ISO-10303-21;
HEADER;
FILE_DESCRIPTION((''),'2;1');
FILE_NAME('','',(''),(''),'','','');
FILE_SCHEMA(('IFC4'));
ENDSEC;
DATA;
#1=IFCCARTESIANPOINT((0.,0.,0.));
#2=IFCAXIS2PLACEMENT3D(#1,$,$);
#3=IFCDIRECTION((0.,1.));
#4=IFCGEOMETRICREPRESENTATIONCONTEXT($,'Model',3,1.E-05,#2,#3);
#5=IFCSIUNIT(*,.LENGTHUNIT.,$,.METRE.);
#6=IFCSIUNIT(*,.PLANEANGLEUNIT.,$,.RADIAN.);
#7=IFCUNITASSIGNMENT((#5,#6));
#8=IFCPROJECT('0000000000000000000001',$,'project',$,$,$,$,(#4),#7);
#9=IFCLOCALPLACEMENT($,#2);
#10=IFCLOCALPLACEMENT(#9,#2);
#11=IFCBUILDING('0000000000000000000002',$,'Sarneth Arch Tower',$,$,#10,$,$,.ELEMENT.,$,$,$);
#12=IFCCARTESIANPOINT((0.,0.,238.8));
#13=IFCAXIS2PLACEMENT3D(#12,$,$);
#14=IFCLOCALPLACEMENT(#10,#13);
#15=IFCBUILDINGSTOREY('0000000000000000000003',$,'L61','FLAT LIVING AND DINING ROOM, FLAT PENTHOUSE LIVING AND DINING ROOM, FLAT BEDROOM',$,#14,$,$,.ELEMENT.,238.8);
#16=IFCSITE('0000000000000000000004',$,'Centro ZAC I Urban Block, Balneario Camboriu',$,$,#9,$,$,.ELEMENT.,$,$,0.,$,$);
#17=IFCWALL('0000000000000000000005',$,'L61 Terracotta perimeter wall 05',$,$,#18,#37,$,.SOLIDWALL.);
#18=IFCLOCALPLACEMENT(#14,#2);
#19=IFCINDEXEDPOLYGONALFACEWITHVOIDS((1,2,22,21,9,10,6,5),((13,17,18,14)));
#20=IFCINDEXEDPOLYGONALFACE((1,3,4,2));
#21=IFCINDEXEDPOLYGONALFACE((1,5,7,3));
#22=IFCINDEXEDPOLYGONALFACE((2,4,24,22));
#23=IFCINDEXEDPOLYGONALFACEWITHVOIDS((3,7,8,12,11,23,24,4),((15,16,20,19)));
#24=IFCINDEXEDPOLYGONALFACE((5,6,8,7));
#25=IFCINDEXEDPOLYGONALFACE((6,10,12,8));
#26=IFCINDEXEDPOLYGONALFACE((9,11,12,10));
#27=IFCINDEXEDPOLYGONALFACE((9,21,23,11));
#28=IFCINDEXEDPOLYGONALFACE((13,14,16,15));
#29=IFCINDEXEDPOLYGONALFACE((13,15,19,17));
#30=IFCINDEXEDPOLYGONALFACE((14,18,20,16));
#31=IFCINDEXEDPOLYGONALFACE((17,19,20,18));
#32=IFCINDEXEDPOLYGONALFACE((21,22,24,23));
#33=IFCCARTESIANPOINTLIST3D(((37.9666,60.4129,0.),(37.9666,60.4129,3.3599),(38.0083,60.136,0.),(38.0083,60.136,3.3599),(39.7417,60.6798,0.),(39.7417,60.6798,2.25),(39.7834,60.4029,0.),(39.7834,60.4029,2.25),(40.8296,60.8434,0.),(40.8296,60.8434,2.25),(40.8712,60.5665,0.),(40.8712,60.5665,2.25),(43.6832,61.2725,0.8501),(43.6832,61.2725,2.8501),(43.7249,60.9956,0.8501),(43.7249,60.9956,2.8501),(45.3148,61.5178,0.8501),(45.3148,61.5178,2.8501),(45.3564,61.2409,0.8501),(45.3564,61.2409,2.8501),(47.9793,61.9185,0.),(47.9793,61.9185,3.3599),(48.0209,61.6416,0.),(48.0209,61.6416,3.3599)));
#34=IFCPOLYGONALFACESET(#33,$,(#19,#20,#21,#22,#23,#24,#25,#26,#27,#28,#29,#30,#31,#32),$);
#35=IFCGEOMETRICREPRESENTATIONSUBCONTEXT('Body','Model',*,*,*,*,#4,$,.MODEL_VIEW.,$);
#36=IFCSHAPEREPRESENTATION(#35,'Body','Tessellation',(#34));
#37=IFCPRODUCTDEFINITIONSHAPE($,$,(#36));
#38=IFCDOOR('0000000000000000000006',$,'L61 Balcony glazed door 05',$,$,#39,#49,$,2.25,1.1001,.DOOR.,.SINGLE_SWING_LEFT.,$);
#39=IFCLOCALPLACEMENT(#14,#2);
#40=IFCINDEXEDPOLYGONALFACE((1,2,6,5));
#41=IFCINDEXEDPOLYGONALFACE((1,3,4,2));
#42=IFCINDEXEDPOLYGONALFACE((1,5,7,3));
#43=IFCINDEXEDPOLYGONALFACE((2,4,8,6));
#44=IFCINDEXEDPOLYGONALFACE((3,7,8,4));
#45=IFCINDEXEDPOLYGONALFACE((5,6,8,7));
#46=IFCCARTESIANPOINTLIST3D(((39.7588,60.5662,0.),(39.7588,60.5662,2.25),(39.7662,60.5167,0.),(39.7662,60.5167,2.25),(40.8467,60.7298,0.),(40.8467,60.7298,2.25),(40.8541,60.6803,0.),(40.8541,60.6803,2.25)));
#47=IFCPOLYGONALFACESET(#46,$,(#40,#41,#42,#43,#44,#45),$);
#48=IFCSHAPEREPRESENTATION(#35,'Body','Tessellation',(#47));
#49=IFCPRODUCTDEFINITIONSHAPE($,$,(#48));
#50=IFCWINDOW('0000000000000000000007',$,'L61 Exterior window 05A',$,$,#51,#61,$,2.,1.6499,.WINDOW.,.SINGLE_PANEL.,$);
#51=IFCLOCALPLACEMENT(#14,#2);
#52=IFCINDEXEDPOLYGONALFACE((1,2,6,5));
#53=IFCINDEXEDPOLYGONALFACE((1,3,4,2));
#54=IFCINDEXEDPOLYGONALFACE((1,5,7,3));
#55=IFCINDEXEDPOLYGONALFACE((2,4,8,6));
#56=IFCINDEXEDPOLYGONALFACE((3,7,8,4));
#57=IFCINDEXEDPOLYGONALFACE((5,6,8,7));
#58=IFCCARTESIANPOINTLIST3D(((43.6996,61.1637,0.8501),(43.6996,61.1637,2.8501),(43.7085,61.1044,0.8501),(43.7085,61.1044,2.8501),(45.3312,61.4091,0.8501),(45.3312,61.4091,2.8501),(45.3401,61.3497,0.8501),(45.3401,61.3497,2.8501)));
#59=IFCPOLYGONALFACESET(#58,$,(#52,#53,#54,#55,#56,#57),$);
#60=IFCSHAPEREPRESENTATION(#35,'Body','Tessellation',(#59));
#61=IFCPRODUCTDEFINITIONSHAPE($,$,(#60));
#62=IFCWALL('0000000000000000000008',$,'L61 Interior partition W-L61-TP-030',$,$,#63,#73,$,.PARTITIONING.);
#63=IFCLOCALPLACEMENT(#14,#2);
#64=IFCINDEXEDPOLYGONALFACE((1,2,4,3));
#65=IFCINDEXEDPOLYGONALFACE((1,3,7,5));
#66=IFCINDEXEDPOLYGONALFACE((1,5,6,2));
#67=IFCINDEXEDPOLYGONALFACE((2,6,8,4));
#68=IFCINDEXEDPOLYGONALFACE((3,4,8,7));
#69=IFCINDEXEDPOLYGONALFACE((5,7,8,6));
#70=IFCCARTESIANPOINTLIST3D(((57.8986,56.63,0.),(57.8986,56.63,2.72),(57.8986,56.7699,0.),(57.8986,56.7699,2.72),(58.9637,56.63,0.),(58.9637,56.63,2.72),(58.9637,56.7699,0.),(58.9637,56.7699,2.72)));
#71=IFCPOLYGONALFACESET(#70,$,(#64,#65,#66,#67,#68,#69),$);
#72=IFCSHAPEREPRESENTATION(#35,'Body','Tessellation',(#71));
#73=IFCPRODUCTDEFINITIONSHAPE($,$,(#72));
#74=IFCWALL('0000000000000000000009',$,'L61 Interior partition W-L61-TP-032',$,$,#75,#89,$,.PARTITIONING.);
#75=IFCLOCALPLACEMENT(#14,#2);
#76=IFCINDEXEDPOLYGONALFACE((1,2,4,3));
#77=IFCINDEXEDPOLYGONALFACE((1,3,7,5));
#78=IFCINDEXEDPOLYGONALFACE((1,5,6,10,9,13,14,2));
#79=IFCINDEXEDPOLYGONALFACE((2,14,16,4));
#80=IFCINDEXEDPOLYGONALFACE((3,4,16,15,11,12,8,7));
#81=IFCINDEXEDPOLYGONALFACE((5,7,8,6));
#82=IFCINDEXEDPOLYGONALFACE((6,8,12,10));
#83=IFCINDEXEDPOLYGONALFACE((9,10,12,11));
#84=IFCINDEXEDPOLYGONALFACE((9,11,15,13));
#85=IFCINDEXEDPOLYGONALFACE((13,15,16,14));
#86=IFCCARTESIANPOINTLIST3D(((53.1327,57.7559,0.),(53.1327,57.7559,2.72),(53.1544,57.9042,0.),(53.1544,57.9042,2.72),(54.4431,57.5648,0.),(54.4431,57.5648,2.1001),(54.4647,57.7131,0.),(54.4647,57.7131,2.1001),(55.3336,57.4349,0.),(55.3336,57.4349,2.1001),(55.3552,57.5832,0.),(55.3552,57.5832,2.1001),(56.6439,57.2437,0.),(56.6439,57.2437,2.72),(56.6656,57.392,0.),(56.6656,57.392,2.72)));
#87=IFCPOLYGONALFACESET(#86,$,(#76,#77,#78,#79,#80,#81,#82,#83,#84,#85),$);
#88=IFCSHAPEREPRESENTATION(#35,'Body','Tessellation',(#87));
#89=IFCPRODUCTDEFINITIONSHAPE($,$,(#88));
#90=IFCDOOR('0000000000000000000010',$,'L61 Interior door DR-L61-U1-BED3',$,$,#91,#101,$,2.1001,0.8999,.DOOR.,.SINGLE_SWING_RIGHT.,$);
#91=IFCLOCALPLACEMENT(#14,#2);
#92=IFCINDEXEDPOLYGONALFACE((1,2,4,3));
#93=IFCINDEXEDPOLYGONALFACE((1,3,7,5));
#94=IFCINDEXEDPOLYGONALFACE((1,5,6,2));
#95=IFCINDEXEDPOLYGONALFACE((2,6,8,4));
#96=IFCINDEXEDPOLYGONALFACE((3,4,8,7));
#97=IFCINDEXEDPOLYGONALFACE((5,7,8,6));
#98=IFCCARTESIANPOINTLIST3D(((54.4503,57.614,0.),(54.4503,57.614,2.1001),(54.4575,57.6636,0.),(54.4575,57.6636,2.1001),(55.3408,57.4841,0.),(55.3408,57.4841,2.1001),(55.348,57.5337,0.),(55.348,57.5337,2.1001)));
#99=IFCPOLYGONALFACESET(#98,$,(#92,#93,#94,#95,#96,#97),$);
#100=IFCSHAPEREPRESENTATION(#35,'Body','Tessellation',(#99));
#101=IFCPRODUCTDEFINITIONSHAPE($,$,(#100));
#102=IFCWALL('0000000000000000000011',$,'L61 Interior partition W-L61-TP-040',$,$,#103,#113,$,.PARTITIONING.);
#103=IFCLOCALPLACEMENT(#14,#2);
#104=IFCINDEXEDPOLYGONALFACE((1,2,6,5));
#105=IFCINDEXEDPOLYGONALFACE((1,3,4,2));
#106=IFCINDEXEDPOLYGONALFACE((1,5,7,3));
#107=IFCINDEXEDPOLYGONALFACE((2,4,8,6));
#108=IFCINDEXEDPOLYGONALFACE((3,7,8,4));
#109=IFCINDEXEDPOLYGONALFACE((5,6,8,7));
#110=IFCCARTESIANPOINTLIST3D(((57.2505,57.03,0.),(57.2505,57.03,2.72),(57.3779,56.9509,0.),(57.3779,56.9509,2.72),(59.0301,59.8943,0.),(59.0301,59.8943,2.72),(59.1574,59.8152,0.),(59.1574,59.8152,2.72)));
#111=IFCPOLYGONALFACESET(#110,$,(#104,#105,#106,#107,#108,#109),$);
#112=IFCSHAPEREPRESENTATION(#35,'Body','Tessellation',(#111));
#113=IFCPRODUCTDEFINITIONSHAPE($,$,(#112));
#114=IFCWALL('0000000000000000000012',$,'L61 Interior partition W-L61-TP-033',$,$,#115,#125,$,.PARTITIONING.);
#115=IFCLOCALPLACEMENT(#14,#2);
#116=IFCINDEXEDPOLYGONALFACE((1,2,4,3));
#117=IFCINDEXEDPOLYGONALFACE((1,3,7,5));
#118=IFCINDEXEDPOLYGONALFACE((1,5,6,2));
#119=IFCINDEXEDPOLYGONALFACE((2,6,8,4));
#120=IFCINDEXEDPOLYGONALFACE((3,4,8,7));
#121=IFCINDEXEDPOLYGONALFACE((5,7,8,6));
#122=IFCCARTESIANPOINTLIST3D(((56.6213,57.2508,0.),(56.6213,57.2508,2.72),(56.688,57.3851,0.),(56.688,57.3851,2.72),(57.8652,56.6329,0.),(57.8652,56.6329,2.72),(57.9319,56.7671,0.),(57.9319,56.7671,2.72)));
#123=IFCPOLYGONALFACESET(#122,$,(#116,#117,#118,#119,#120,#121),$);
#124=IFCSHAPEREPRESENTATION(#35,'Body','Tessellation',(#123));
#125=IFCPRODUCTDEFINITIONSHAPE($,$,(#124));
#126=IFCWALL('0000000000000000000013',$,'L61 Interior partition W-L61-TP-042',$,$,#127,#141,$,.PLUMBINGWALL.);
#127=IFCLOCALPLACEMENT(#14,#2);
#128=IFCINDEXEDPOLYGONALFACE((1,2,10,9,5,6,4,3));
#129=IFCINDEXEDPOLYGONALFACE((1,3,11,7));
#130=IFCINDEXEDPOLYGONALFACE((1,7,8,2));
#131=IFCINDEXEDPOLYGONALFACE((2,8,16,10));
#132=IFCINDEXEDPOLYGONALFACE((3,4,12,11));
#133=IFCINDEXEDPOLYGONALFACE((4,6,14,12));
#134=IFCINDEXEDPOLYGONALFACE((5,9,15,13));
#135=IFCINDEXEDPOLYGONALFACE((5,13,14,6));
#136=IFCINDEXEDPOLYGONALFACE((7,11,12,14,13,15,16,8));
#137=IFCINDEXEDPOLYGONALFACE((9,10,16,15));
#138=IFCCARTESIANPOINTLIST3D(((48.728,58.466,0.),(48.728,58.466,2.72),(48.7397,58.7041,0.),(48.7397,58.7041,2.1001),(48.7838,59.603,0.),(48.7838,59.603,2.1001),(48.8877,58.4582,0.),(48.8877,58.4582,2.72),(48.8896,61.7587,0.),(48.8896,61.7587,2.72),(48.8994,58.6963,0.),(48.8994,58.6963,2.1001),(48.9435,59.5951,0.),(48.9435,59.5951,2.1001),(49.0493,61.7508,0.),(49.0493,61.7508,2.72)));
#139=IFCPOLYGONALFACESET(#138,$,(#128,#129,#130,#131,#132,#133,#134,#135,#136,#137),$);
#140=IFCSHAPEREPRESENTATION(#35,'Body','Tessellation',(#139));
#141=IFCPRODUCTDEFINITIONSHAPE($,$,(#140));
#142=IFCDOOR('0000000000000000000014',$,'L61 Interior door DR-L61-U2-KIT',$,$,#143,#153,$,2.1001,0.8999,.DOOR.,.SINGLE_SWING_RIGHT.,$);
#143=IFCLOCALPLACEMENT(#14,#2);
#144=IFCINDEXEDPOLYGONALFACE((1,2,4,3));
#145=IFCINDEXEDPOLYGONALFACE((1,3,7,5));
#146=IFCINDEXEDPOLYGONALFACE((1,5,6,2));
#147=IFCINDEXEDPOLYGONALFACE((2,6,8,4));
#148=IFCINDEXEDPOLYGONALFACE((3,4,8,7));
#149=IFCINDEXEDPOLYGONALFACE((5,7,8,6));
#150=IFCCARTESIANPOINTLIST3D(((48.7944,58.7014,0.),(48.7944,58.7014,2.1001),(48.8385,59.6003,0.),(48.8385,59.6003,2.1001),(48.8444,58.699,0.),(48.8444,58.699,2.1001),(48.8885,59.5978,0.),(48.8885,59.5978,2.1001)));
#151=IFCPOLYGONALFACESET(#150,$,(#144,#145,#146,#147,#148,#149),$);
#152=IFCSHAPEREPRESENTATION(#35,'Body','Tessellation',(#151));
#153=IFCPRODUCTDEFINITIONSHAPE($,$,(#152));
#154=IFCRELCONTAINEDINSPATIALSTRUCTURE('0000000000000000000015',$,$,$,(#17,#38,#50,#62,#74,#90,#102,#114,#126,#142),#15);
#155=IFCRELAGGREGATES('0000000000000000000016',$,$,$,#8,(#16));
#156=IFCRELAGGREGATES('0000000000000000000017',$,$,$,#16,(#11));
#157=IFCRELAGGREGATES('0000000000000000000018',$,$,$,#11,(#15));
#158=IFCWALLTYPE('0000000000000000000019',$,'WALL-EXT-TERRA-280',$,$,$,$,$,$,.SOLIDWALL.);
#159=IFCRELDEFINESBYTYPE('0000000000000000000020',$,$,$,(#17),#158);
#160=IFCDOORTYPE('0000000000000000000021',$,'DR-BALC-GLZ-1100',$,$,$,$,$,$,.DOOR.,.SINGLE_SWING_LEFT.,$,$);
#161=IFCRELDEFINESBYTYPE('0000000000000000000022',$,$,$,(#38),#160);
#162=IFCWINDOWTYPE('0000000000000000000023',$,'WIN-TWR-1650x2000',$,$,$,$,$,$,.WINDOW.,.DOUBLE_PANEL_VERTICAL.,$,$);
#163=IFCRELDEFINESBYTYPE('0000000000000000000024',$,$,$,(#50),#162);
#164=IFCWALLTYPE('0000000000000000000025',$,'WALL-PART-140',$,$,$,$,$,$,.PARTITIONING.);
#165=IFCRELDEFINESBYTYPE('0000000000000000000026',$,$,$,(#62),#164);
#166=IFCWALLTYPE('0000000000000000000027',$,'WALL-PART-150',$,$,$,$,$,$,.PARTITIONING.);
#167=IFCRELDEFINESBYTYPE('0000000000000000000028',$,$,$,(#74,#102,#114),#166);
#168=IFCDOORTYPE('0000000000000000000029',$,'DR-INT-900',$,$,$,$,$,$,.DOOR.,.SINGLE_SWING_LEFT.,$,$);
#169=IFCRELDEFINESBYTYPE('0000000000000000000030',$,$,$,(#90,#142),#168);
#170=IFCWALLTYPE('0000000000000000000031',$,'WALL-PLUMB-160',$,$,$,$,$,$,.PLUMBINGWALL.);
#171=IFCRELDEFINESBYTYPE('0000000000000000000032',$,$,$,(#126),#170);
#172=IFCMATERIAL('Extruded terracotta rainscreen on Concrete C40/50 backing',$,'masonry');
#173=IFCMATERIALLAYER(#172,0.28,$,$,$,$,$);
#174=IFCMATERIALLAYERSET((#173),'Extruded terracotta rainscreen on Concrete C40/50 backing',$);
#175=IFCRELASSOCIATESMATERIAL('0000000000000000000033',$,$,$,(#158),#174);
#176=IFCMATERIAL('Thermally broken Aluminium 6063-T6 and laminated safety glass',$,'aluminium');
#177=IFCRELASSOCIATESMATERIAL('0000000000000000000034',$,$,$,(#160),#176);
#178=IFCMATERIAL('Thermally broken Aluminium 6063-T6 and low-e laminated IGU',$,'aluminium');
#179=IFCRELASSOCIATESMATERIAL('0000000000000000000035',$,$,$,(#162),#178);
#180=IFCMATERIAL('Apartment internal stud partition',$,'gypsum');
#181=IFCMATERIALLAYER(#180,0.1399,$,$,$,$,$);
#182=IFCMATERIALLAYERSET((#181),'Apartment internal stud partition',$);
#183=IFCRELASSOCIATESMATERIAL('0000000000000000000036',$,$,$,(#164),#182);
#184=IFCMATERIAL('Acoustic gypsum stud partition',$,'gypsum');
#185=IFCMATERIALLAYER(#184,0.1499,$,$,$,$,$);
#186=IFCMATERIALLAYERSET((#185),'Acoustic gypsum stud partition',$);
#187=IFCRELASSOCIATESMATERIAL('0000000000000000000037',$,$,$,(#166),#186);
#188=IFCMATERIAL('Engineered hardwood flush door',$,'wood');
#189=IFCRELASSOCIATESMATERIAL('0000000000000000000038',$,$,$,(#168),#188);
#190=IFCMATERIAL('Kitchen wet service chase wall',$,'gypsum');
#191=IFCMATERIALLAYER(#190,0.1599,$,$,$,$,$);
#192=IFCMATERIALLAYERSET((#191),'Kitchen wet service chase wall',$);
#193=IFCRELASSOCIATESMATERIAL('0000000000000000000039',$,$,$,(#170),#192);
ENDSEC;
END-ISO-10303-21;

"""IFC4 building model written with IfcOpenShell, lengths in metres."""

from ifc_helpers import new_model, si_unit, direction, frame, frame_2d, origin, place, context, subcontext, project, spatial, rectangle, extrude, material, layer, layer_set, type_object, element, fill, save


model = new_model("IFC4")

# Units and contexts
model_context = context("Model", 3, precision=1e-05, world=origin(), true_north=direction((0.0, 1.0)))
body_context = subcontext(model_context, "Body", "Model", "MODEL_VIEW")
ifc_project = project(units=[si_unit("LENGTHUNIT", "METRE"), si_unit("PLANEANGLEUNIT", "RADIAN")], contexts=[model_context])

# Site, building, storey
site_placement = place(None, origin())
site = spatial("IfcSite", under=ifc_project, at=site_placement, Name="Centro ZAC I Urban Block, Balneario Camboriu", CompositionType="ELEMENT", RefElevation=0.0)
building_placement = place(site_placement, origin())
building = spatial("IfcBuilding", under=site, at=building_placement, Name="Sarneth Arch Tower", CompositionType="ELEMENT")
storey_placement = place(building_placement, frame((0.0, 0.0, 238.8)))
storey = spatial("IfcBuildingStorey", under=building, at=storey_placement, Name="L61", Description="FLAT LIVING AND DINING ROOM, FLAT PENTHOUSE LIVING AND DINING ROOM, FLAT BEDROOM", CompositionType="ELEMENT", Elevation=238.8)

# Wall, openings, door, window
ifc_material_1 = material(Name="Extruded terracotta rainscreen on Concrete C40/50 backing", Category="masonry")
ifc_layer_1 = layer(ifc_material_1, 0.28)
ifc_layer_set_1 = layer_set([ifc_layer_1], Name="Extruded terracotta rainscreen on Concrete C40/50 backing")
wall_type_1 = type_object("IfcWallType", Name="WALL-EXT-TERRA-280", PredefinedType="SOLIDWALL", material=ifc_layer_set_1)
wall_1_placement = place(storey_placement, frame((48.0, 61.78, 0.0), z_axis=(0.0, 0.0, 1.0), x_axis=(-0.988883, -0.148699, 0.0)))
wall_1 = element("IfcWall", 1, at=wall_1_placement, inside=storey, type_object=wall_type_1, Name="L61 Terracotta perimeter wall 05", PredefinedType="SOLIDWALL", context=body_context, shape_type="SweptSolid", body=[
    extrude(rectangle(XDim=10.1252, YDim=0.28, at=frame_2d((5.0625, 0.0))), origin(), (0.0, 0.0, 1.0), 3.3599),
])
opening_1_placement = place(wall_1_placement, frame((2.6943, 0.0, 0.8501)))
opening_1 = element("IfcOpeningElement", 2, at=opening_1_placement, cuts=wall_1, PredefinedType="OPENING", context=body_context, shape_type="SweptSolid", body=[
    extrude(rectangle(XDim=1.6499, YDim=2.0, at=frame_2d((0.825, 1.0))), frame((0.0, 0.1499, 0.0), z_axis=(0.0, -1.0, 0.0), x_axis=(1.0, 0.0, 0.0)), (0.0, 0.0, 1.0), 0.3),
])
opening_2_placement = place(wall_1_placement, frame((7.23, 0.0, 0.0)))
opening_2 = element("IfcOpeningElement", 3, at=opening_2_placement, cuts=wall_1, PredefinedType="OPENING", context=body_context, shape_type="SweptSolid", body=[
    extrude(rectangle(XDim=1.1001, YDim=2.25, at=frame_2d((0.55, 1.125))), frame((0.0, 0.1499, 0.0), z_axis=(0.0, -1.0, 0.0), x_axis=(1.0, 0.0, 0.0)), (0.0, 0.0, 1.0), 0.3),
])
ifc_material_2 = material(Name="Thermally broken Aluminium 6063-T6 and laminated safety glass", Category="aluminium")
door_type_1 = type_object("IfcDoorType", Name="DR-BALC-GLZ-1100", OperationType="SINGLE_SWING_LEFT", PredefinedType="DOOR", material=ifc_material_2)
door_1_placement = place(opening_2_placement, origin())
door_1 = element("IfcDoor", 4, at=door_1_placement, inside=storey, type_object=door_type_1, Name="L61 Balcony glazed door 05", OperationType="SINGLE_SWING_LEFT", OverallHeight=2.25, OverallWidth=1.1001, PredefinedType="DOOR", context=body_context, shape_type="SweptSolid", body=[
    extrude(rectangle(XDim=1.1001, YDim=2.25, at=frame_2d((0.55, 1.125))), frame((0.0, 0.0249, 0.0), z_axis=(0.0, -1.0, 0.0), x_axis=(1.0, 0.0, 0.0)), (0.0, 0.0, 1.0), 0.05),
])
fill(opening_2, door_1)
ifc_material_3 = material(Name="Thermally broken Aluminium 6063-T6 and low-e laminated IGU", Category="aluminium")
window_type_1 = type_object("IfcWindowType", Name="WIN-TWR-1650x2000", PartitioningType="DOUBLE_PANEL_VERTICAL", PredefinedType="WINDOW", material=ifc_material_3)
window_1_placement = place(opening_1_placement, origin())
window_1 = element("IfcWindow", 5, at=window_1_placement, inside=storey, type_object=window_type_1, Name="L61 Exterior window 05A", OverallHeight=2.0, OverallWidth=1.6499, PartitioningType="SINGLE_PANEL", PredefinedType="WINDOW", context=body_context, shape_type="SweptSolid", body=[
    extrude(rectangle(XDim=1.6499, YDim=2.0, at=frame_2d((0.825, 1.0))), frame((0.0, 0.03, 0.0), z_axis=(0.0, -1.0, 0.0), x_axis=(1.0, 0.0, 0.0)), (0.0, 0.0, 1.0), 0.0601),
])
fill(opening_1, window_1)

# Wall
ifc_material_4 = material(Name="Apartment internal stud partition", Category="gypsum")
ifc_layer_2 = layer(ifc_material_4, 0.1399)
ifc_layer_set_2 = layer_set([ifc_layer_2], Name="Apartment internal stud partition")
wall_type_2 = type_object("IfcWallType", Name="WALL-PART-140", PredefinedType="PARTITIONING", material=ifc_layer_set_2)
wall_2_placement = place(storey_placement, frame((58.9639, 56.7, 0.0), z_axis=(0.0, 0.0, 1.0), x_axis=(-1.0, 0.0, 0.0)))
element("IfcWall", 6, at=wall_2_placement, inside=storey, type_object=wall_type_2, Name="L61 Interior partition W-L61-TP-030", PredefinedType="PARTITIONING", context=body_context, shape_type="SweptSolid", body=[
    extrude(rectangle(XDim=1.0652, YDim=0.1399, at=frame_2d((0.5327, 0.0))), origin(), (0.0, 0.0, 1.0), 2.72),
])

# Wall, opening, door
ifc_material_5 = material(Name="Acoustic gypsum stud partition", Category="gypsum")
ifc_layer_3 = layer(ifc_material_5, 0.1499)
ifc_layer_set_3 = layer_set([ifc_layer_3], Name="Acoustic gypsum stud partition")
wall_type_3 = type_object("IfcWallType", Name="WALL-PART-150", PredefinedType="PARTITIONING", material=ifc_layer_set_3)
wall_3_placement = place(storey_placement, frame((53.1436, 57.8301, 0.0), z_axis=(0.0, 0.0, 1.0), x_axis=(0.989527, -0.144349, 0.0)))
wall_3 = element("IfcWall", 7, at=wall_3_placement, inside=storey, type_object=wall_type_3, Name="L61 Interior partition W-L61-TP-032", PredefinedType="PARTITIONING", context=body_context, shape_type="SweptSolid", body=[
    extrude(rectangle(XDim=3.5483, YDim=0.1499, at=frame_2d((1.7742, 0.0))), origin(), (0.0, 0.0, 1.0), 2.72),
])
opening_3_placement = place(wall_3_placement, frame((1.3242, 0.0, 0.0)))
opening_3 = element("IfcOpeningElement", 8, at=opening_3_placement, cuts=wall_3, PredefinedType="OPENING", context=body_context, shape_type="SweptSolid", body=[
    extrude(rectangle(XDim=0.8999, YDim=2.1001, at=frame_2d((0.45, 1.05))), frame((0.0, 0.085, 0.0), z_axis=(0.0, -1.0, 0.0), x_axis=(1.0, 0.0, 0.0)), (0.0, 0.0, 1.0), 0.1699),
])
ifc_material_6 = material(Name="Engineered hardwood flush door", Category="wood")
door_type_2 = type_object("IfcDoorType", Name="DR-INT-900", OperationType="SINGLE_SWING_LEFT", PredefinedType="DOOR", material=ifc_material_6)
door_2_placement = place(opening_3_placement, origin())
door_2 = element("IfcDoor", 9, at=door_2_placement, inside=storey, type_object=door_type_2, Name="L61 Interior door DR-L61-U1-BED3", OperationType="SINGLE_SWING_RIGHT", OverallHeight=2.1001, OverallWidth=0.8999, PredefinedType="DOOR", context=body_context, shape_type="SweptSolid", body=[
    extrude(rectangle(XDim=0.8999, YDim=2.1001, at=frame_2d((0.45, 1.05))), frame((0.0, 0.0249, 0.0), z_axis=(0.0, -1.0, 0.0), x_axis=(1.0, 0.0, 0.0)), (0.0, 0.0, 1.0), 0.05),
])
fill(opening_3, door_2)

# Walls
wall_4_placement = place(storey_placement, frame((57.3142, 56.9905, 0.0), z_axis=(0.0, 0.0, 1.0), x_axis=(0.527732, 0.849411, 0.0)))
element("IfcWall", 10, at=wall_4_placement, inside=storey, type_object=wall_type_3, Name="L61 Interior partition W-L61-TP-040", PredefinedType="PARTITIONING", context=body_context, shape_type="SweptSolid", body=[
    extrude(rectangle(XDim=3.3721, YDim=0.1499, at=frame_2d((1.686, 0.0))), origin(), (0.0, 0.0, 1.0), 2.72),
])
wall_5_placement = place(storey_placement, frame((56.6548, 57.3179, 0.0), z_axis=(0.0, 0.0, 1.0), x_axis=(0.895584, -0.444892, 0.0)))
element("IfcWall", 11, at=wall_5_placement, inside=storey, type_object=wall_type_3, Name="L61 Interior partition W-L61-TP-033", PredefinedType="PARTITIONING", context=body_context, shape_type="SweptSolid", body=[
    extrude(rectangle(XDim=1.3889, YDim=0.1499, at=frame_2d((0.6943, 0.0))), origin(), (0.0, 0.0, 1.0), 2.72),
])

# Wall, opening, door
ifc_material_7 = material(Name="Kitchen wet service chase wall", Category="gypsum")
ifc_layer_4 = layer(ifc_material_7, 0.1599)
ifc_layer_set_4 = layer_set([ifc_layer_4], Name="Kitchen wet service chase wall")
wall_type_4 = type_object("IfcWallType", Name="WALL-PLUMB-160", PredefinedType="PLUMBINGWALL", material=ifc_layer_set_4)
wall_6_placement = place(storey_placement, frame((48.9695, 61.7549, 0.0), z_axis=(0.0, 0.0, 1.0), x_axis=(-0.049025, -0.998798, 0.0)))
wall_6 = element("IfcWall", 12, at=wall_6_placement, inside=storey, type_object=wall_type_4, Name="L61 Interior partition W-L61-TP-042", PredefinedType="PLUMBINGWALL", context=body_context, shape_type="SweptSolid", body=[
    extrude(rectangle(XDim=3.2966, YDim=0.1599, at=frame_2d((1.6484, 0.0))), origin(), (0.0, 0.0, 1.0), 2.72),
])
opening_4_placement = place(wall_6_placement, frame((2.1584, 0.0, 0.0)))
opening_4 = element("IfcOpeningElement", 13, at=opening_4_placement, cuts=wall_6, PredefinedType="OPENING", context=body_context, shape_type="SweptSolid", body=[
    extrude(rectangle(XDim=0.8999, YDim=2.1001, at=frame_2d((0.45, 1.05))), frame((0.0, 0.0898, 0.0), z_axis=(0.0, -1.0, 0.0), x_axis=(1.0, 0.0, 0.0)), (0.0, 0.0, 1.0), 0.1799),
])
door_3_placement = place(opening_4_placement, origin())
door_3 = element("IfcDoor", 14, at=door_3_placement, inside=storey, type_object=door_type_2, Name="L61 Interior door DR-L61-U2-KIT", OperationType="SINGLE_SWING_RIGHT", OverallHeight=2.1001, OverallWidth=0.8999, PredefinedType="DOOR", context=body_context, shape_type="SweptSolid", body=[
    extrude(rectangle(XDim=0.8999, YDim=2.1001, at=frame_2d((0.45, 1.05))), frame((0.0, 0.0249, 0.0), z_axis=(0.0, -1.0, 0.0), x_axis=(1.0, 0.0, 0.0)), (0.0, 0.0, 1.0), 0.05),
])
fill(opening_4, door_3)

save(model, "model.ifc")
